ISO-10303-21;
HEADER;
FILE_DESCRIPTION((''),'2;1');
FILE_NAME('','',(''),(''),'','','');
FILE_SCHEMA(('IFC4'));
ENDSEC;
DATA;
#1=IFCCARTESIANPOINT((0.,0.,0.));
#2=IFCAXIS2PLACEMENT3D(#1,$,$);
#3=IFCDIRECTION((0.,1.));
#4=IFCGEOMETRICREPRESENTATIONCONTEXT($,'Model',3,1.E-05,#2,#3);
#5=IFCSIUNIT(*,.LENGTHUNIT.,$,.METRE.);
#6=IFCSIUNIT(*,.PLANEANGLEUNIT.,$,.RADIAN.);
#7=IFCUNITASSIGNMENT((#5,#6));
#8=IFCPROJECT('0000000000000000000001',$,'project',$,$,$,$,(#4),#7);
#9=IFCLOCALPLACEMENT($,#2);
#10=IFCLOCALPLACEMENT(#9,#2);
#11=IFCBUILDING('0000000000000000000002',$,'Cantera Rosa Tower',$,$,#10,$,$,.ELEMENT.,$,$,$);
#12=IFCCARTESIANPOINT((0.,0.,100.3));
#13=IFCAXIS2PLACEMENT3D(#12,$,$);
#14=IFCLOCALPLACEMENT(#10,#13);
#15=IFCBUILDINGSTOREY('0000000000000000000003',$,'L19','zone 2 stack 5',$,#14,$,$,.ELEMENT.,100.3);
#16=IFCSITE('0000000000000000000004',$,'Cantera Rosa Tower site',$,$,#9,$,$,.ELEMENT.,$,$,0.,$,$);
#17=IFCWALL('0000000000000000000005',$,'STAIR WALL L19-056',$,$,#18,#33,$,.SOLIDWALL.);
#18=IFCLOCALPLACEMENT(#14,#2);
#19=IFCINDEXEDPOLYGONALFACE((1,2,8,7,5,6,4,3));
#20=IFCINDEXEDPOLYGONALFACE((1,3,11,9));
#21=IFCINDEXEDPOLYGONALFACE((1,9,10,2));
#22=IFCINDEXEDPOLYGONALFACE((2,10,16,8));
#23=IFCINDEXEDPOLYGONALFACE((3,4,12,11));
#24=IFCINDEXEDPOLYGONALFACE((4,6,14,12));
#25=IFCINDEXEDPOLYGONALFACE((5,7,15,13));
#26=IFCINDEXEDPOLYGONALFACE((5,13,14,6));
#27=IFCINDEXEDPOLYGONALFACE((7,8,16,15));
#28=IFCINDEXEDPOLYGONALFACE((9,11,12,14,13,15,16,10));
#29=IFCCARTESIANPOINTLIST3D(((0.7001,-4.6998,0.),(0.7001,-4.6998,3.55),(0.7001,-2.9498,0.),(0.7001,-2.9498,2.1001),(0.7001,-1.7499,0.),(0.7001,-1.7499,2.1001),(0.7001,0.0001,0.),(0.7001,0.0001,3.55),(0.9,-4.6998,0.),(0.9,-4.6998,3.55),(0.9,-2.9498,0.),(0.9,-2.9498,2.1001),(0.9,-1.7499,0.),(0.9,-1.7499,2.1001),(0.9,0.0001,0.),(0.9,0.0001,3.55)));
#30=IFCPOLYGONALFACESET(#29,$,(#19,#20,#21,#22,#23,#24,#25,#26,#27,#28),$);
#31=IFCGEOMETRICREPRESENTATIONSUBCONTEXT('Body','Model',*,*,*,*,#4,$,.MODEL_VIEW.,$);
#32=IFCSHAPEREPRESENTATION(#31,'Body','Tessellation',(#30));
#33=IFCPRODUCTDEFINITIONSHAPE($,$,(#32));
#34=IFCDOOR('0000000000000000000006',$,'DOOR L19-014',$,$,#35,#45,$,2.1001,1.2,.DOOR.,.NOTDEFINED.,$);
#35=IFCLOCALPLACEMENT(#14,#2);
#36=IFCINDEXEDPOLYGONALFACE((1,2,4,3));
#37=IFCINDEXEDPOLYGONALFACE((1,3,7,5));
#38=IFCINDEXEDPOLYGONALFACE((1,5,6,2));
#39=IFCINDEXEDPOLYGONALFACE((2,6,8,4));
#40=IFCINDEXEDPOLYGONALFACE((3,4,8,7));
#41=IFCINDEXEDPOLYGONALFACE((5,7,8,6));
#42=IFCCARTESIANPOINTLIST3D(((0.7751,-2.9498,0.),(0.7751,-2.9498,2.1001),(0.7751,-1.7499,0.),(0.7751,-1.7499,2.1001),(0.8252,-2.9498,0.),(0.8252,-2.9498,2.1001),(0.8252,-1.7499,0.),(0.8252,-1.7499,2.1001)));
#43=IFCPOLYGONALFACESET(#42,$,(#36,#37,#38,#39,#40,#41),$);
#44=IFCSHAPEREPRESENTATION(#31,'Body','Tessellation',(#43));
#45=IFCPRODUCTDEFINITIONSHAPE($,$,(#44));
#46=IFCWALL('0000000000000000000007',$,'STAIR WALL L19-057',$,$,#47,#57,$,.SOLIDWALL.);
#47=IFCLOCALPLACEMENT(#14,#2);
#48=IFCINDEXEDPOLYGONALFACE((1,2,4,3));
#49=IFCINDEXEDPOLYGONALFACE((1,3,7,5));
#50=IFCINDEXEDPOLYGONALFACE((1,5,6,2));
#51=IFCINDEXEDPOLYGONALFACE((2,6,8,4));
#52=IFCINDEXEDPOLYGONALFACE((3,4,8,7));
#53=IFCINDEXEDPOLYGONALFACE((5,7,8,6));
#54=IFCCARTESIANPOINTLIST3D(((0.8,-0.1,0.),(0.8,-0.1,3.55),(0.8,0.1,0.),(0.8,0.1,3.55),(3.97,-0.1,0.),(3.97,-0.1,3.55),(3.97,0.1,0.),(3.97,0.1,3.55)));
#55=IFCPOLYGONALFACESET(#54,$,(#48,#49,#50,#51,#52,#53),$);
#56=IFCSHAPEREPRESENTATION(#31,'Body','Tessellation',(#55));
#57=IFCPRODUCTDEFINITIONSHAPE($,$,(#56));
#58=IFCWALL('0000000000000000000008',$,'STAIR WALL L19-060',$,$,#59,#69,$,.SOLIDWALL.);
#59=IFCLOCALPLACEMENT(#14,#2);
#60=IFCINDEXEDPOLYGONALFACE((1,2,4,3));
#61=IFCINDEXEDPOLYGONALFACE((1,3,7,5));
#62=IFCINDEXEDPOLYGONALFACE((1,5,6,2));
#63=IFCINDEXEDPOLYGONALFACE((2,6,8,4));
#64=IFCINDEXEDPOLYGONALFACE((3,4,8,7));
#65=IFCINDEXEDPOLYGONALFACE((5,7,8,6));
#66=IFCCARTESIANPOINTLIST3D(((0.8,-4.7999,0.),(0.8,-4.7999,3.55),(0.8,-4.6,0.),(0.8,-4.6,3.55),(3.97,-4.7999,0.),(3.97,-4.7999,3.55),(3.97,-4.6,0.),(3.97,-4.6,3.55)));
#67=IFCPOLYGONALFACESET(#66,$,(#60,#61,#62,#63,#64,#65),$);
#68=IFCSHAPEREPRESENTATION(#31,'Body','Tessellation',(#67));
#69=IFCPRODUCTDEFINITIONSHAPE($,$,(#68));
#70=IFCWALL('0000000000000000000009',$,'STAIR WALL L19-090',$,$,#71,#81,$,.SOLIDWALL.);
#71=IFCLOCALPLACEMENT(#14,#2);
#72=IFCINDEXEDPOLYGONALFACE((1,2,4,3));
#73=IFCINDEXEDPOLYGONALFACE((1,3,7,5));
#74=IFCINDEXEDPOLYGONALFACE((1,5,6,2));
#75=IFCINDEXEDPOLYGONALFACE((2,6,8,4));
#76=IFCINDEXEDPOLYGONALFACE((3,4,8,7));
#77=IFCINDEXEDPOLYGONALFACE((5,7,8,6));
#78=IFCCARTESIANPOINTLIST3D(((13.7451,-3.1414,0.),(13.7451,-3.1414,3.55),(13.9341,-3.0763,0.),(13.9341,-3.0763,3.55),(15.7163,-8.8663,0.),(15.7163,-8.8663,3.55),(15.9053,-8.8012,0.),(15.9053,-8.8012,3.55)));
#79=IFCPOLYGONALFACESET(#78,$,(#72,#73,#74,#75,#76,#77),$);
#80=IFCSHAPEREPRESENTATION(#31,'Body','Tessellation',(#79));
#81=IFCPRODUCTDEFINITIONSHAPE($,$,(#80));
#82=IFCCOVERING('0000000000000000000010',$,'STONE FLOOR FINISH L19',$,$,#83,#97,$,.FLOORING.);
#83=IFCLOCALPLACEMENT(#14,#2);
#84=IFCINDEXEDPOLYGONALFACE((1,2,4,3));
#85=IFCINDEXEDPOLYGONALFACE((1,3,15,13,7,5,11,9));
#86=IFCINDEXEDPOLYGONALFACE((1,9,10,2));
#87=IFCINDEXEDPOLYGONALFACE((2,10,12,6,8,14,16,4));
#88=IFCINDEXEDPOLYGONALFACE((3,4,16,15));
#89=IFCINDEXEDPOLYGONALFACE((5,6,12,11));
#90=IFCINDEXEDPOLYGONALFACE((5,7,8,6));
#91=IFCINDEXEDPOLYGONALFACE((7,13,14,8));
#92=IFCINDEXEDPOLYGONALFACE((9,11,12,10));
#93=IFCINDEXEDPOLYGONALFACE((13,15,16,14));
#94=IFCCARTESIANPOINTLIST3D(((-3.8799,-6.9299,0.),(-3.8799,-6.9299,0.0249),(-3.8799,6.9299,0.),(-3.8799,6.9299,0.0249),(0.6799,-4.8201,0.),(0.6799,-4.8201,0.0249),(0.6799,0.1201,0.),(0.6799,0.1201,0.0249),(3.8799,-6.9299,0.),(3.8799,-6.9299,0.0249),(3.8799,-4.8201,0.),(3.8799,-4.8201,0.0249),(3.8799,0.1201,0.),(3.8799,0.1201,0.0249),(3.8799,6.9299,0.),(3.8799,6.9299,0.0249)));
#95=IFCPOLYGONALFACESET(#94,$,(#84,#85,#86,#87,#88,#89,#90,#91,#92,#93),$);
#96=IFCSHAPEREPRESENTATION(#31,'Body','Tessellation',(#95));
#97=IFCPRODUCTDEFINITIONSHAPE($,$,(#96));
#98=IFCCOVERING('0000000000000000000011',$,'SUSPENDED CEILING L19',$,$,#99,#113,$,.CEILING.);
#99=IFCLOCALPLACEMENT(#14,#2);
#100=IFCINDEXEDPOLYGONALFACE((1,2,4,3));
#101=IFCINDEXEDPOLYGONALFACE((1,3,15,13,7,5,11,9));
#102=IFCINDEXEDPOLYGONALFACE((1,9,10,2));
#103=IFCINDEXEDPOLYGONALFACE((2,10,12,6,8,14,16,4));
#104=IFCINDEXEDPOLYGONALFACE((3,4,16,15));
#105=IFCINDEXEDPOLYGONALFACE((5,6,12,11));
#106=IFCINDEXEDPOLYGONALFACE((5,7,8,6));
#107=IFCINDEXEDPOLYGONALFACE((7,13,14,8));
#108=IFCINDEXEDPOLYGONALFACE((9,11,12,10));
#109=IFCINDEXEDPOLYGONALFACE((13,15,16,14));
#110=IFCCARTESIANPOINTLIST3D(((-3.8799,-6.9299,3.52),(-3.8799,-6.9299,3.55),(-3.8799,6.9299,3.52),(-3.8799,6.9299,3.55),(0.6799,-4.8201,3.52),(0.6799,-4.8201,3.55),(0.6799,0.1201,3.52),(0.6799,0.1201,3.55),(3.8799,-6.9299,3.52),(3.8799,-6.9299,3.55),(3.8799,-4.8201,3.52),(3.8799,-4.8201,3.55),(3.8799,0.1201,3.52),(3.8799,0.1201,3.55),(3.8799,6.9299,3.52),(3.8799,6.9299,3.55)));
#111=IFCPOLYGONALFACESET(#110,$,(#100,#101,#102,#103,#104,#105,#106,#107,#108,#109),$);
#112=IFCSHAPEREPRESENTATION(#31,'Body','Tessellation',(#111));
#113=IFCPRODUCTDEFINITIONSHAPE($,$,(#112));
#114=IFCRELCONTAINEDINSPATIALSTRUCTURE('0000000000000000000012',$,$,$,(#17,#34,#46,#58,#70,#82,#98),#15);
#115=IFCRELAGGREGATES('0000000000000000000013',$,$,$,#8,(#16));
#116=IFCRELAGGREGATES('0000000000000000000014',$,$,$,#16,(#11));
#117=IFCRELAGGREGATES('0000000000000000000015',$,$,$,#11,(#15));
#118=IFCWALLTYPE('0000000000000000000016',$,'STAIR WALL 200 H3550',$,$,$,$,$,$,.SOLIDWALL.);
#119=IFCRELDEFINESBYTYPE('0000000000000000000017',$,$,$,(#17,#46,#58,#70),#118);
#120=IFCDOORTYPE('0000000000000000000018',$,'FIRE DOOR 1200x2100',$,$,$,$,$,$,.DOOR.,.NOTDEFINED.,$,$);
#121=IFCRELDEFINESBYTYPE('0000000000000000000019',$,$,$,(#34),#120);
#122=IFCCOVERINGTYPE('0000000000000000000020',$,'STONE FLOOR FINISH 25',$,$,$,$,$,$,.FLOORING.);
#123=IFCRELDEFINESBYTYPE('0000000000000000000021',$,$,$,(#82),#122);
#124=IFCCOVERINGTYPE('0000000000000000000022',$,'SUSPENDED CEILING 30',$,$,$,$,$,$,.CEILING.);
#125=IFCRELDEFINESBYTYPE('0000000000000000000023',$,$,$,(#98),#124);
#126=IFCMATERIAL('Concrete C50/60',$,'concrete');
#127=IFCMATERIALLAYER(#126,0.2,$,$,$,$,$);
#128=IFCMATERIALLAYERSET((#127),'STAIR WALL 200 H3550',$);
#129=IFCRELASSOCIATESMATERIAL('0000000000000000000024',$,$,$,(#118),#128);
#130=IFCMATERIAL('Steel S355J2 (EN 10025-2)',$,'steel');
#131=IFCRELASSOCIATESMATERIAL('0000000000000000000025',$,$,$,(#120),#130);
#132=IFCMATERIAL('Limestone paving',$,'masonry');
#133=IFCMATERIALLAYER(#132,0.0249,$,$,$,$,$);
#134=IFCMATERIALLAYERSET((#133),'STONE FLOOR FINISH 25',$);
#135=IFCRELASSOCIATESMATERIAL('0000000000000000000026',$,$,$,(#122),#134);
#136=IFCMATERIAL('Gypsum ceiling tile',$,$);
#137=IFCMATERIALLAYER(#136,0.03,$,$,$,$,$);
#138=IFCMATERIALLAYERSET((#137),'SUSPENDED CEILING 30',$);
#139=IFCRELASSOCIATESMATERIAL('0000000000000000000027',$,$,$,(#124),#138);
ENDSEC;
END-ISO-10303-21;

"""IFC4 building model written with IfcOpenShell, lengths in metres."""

from ifc_helpers import new_model, si_unit, direction, frame, frame_2d, origin, place, context, subcontext, project, spatial, polyline, rectangle, outline, extrude, material, layer, layer_set, type_object, element, fill, save


model = new_model("IFC4")

# Units and contexts
model_context = context("Model", 3, precision=1e-05, world=origin(), true_north=direction((0.0, 1.0)))
body_context = subcontext(model_context, "Body", "Model", "MODEL_VIEW")
ifc_project = project(units=[si_unit("LENGTHUNIT", "METRE"), si_unit("PLANEANGLEUNIT", "RADIAN")], contexts=[model_context])

# Site, building, storey
site_placement = place(None, origin())
site = spatial("IfcSite", under=ifc_project, at=site_placement, Name="Cantera Rosa Tower site", CompositionType="ELEMENT", RefElevation=0.0)
building_placement = place(site_placement, origin())
building = spatial("IfcBuilding", under=site, at=building_placement, Name="Cantera Rosa Tower", CompositionType="ELEMENT")
storey_placement = place(building_placement, frame((0.0, 0.0, 100.3)))
storey = spatial("IfcBuildingStorey", under=building, at=storey_placement, Name="L19", Description="zone 2 stack 5", CompositionType="ELEMENT", Elevation=100.3)

# Wall, opening, door
ifc_material_1 = material(Name="Concrete C50/60", Category="concrete")
ifc_layer_1 = layer(ifc_material_1, 0.2)
ifc_layer_set_1 = layer_set([ifc_layer_1], Name="STAIR WALL 200 H3550")
wall_type_1 = type_object("IfcWallType", Name="STAIR WALL 200 H3550", PredefinedType="SOLIDWALL", material=ifc_layer_set_1)
wall_1_placement = place(storey_placement, frame((0.8, -4.7, 0.0), z_axis=(0.0, 0.0, 1.0), x_axis=(0.0, 1.0, 0.0)))
wall_1 = element("IfcWall", 1, at=wall_1_placement, inside=storey, type_object=wall_type_1, Name="STAIR WALL L19-056", PredefinedType="SOLIDWALL", context=body_context, shape_type="SweptSolid", body=[
    extrude(rectangle(XDim=4.7, YDim=0.2, at=frame_2d((2.3501, 0.0))), origin(), (0.0, 0.0, 1.0), 3.55),
])
opening_1_placement = place(wall_1_placement, frame((1.75, 0.0, 0.0)))
opening_1 = element("IfcOpeningElement", 2, at=opening_1_placement, cuts=wall_1, PredefinedType="OPENING", context=body_context, shape_type="SweptSolid", body=[
    extrude(rectangle(XDim=1.2, YDim=2.1001, at=frame_2d((0.6001, 1.05))), frame((0.0, 0.1099, 0.0), z_axis=(0.0, -1.0, 0.0), x_axis=(1.0, 0.0, 0.0)), (0.0, 0.0, 1.0), 0.22),
])
ifc_material_2 = material(Name="Steel S355J2 (EN 10025-2)", Category="steel")
door_type_1 = type_object("IfcDoorType", Name="FIRE DOOR 1200x2100", OperationType="NOTDEFINED", PredefinedType="DOOR", material=ifc_material_2)
door_1_placement = place(opening_1_placement, origin())
door_1 = element("IfcDoor", 3, at=door_1_placement, inside=storey, type_object=door_type_1, Name="DOOR L19-014", OperationType="NOTDEFINED", OverallHeight=2.1001, OverallWidth=1.2, PredefinedType="DOOR", context=body_context, shape_type="SweptSolid", body=[
    extrude(rectangle(XDim=1.2, YDim=2.1001, at=frame_2d((0.6001, 1.05))), frame((0.0, 0.0249, 0.0), z_axis=(0.0, -1.0, 0.0), x_axis=(1.0, 0.0, 0.0)), (0.0, 0.0, 1.0), 0.05),
])
fill(opening_1, door_1)

# Walls
for number, where, z_axis, x_axis, name in (
    (4, (0.8, 0.0, 0.0), (0.0, 0.0, 1.0), (1.0, 0.0, 0.0), "STAIR WALL L19-057"),
    (5, (3.97, -4.7, 0.0), (0.0, 0.0, 1.0), (-1.0, 0.0, 0.0), "STAIR WALL L19-060"),
):
    element("IfcWall", number, at=place(storey_placement, frame(where, z_axis=z_axis, x_axis=x_axis)), inside=storey, type_object=wall_type_1, Name=name, PredefinedType="SOLIDWALL", context=body_context, shape_type="SweptSolid", body=[
        extrude(rectangle(XDim=3.1699, YDim=0.2, at=frame_2d((1.585, 0.0))), origin(), (0.0, 0.0, 1.0), 3.55),
    ])
wall_2_placement = place(storey_placement, frame((13.8396, -3.1089, 0.0), z_axis=(0.0, 0.0, 1.0), x_axis=(0.325563, -0.94552, 0.0)))
element("IfcWall", 6, at=wall_2_placement, inside=storey, type_object=wall_type_1, Name="STAIR WALL L19-090", PredefinedType="SOLIDWALL", context=body_context, shape_type="SweptSolid", body=[
    extrude(rectangle(XDim=6.0547, YDim=0.2, at=frame_2d((3.0273, 0.0))), origin(), (0.0, 0.0, 1.0), 3.55),
])

# Coverings
ifc_material_3 = material(Name="Limestone paving", Category="masonry")
ifc_layer_2 = layer(ifc_material_3, 0.0249)
ifc_layer_set_2 = layer_set([ifc_layer_2], Name="STONE FLOOR FINISH 25")
covering_type_1 = type_object("IfcCoveringType", Name="STONE FLOOR FINISH 25", PredefinedType="FLOORING", material=ifc_layer_set_2)
covering_1_placement = place(storey_placement, origin())
element("IfcCovering", 7, at=covering_1_placement, inside=storey, type_object=covering_type_1, Name="STONE FLOOR FINISH L19", PredefinedType="FLOORING", context=body_context, shape_type="SweptSolid", body=[
    extrude(outline(polyline([(3.8799, 6.9299), (3.8799, 0.1201), (0.6799, 0.1201), (0.6799, -4.8201), (3.8799, -4.8201), (3.8799, -6.9299), (-3.8799, -6.9299), (-3.8799, 6.9299), (3.8799, 6.9299)])), origin(), (0.0, 0.0, 1.0), 0.0249),
])
ifc_material_4 = material(Name="Gypsum ceiling tile")
ifc_layer_3 = layer(ifc_material_4, 0.03)
ifc_layer_set_3 = layer_set([ifc_layer_3], Name="SUSPENDED CEILING 30")
covering_type_2 = type_object("IfcCoveringType", Name="SUSPENDED CEILING 30", PredefinedType="CEILING", material=ifc_layer_set_3)
covering_2_placement = place(storey_placement, frame((0.0, 0.0, 3.52)))
element("IfcCovering", 8, at=covering_2_placement, inside=storey, type_object=covering_type_2, Name="SUSPENDED CEILING L19", PredefinedType="CEILING", context=body_context, shape_type="SweptSolid", body=[
    extrude(outline(polyline([(3.8799, 6.9299), (3.8799, 0.1201), (0.6799, 0.1201), (0.6799, -4.8201), (3.8799, -4.8201), (3.8799, -6.9299), (-3.8799, -6.9299), (-3.8799, 6.9299), (3.8799, 6.9299)])), origin(), (0.0, 0.0, 1.0), 0.03),
])

save(model, "model.ifc")
